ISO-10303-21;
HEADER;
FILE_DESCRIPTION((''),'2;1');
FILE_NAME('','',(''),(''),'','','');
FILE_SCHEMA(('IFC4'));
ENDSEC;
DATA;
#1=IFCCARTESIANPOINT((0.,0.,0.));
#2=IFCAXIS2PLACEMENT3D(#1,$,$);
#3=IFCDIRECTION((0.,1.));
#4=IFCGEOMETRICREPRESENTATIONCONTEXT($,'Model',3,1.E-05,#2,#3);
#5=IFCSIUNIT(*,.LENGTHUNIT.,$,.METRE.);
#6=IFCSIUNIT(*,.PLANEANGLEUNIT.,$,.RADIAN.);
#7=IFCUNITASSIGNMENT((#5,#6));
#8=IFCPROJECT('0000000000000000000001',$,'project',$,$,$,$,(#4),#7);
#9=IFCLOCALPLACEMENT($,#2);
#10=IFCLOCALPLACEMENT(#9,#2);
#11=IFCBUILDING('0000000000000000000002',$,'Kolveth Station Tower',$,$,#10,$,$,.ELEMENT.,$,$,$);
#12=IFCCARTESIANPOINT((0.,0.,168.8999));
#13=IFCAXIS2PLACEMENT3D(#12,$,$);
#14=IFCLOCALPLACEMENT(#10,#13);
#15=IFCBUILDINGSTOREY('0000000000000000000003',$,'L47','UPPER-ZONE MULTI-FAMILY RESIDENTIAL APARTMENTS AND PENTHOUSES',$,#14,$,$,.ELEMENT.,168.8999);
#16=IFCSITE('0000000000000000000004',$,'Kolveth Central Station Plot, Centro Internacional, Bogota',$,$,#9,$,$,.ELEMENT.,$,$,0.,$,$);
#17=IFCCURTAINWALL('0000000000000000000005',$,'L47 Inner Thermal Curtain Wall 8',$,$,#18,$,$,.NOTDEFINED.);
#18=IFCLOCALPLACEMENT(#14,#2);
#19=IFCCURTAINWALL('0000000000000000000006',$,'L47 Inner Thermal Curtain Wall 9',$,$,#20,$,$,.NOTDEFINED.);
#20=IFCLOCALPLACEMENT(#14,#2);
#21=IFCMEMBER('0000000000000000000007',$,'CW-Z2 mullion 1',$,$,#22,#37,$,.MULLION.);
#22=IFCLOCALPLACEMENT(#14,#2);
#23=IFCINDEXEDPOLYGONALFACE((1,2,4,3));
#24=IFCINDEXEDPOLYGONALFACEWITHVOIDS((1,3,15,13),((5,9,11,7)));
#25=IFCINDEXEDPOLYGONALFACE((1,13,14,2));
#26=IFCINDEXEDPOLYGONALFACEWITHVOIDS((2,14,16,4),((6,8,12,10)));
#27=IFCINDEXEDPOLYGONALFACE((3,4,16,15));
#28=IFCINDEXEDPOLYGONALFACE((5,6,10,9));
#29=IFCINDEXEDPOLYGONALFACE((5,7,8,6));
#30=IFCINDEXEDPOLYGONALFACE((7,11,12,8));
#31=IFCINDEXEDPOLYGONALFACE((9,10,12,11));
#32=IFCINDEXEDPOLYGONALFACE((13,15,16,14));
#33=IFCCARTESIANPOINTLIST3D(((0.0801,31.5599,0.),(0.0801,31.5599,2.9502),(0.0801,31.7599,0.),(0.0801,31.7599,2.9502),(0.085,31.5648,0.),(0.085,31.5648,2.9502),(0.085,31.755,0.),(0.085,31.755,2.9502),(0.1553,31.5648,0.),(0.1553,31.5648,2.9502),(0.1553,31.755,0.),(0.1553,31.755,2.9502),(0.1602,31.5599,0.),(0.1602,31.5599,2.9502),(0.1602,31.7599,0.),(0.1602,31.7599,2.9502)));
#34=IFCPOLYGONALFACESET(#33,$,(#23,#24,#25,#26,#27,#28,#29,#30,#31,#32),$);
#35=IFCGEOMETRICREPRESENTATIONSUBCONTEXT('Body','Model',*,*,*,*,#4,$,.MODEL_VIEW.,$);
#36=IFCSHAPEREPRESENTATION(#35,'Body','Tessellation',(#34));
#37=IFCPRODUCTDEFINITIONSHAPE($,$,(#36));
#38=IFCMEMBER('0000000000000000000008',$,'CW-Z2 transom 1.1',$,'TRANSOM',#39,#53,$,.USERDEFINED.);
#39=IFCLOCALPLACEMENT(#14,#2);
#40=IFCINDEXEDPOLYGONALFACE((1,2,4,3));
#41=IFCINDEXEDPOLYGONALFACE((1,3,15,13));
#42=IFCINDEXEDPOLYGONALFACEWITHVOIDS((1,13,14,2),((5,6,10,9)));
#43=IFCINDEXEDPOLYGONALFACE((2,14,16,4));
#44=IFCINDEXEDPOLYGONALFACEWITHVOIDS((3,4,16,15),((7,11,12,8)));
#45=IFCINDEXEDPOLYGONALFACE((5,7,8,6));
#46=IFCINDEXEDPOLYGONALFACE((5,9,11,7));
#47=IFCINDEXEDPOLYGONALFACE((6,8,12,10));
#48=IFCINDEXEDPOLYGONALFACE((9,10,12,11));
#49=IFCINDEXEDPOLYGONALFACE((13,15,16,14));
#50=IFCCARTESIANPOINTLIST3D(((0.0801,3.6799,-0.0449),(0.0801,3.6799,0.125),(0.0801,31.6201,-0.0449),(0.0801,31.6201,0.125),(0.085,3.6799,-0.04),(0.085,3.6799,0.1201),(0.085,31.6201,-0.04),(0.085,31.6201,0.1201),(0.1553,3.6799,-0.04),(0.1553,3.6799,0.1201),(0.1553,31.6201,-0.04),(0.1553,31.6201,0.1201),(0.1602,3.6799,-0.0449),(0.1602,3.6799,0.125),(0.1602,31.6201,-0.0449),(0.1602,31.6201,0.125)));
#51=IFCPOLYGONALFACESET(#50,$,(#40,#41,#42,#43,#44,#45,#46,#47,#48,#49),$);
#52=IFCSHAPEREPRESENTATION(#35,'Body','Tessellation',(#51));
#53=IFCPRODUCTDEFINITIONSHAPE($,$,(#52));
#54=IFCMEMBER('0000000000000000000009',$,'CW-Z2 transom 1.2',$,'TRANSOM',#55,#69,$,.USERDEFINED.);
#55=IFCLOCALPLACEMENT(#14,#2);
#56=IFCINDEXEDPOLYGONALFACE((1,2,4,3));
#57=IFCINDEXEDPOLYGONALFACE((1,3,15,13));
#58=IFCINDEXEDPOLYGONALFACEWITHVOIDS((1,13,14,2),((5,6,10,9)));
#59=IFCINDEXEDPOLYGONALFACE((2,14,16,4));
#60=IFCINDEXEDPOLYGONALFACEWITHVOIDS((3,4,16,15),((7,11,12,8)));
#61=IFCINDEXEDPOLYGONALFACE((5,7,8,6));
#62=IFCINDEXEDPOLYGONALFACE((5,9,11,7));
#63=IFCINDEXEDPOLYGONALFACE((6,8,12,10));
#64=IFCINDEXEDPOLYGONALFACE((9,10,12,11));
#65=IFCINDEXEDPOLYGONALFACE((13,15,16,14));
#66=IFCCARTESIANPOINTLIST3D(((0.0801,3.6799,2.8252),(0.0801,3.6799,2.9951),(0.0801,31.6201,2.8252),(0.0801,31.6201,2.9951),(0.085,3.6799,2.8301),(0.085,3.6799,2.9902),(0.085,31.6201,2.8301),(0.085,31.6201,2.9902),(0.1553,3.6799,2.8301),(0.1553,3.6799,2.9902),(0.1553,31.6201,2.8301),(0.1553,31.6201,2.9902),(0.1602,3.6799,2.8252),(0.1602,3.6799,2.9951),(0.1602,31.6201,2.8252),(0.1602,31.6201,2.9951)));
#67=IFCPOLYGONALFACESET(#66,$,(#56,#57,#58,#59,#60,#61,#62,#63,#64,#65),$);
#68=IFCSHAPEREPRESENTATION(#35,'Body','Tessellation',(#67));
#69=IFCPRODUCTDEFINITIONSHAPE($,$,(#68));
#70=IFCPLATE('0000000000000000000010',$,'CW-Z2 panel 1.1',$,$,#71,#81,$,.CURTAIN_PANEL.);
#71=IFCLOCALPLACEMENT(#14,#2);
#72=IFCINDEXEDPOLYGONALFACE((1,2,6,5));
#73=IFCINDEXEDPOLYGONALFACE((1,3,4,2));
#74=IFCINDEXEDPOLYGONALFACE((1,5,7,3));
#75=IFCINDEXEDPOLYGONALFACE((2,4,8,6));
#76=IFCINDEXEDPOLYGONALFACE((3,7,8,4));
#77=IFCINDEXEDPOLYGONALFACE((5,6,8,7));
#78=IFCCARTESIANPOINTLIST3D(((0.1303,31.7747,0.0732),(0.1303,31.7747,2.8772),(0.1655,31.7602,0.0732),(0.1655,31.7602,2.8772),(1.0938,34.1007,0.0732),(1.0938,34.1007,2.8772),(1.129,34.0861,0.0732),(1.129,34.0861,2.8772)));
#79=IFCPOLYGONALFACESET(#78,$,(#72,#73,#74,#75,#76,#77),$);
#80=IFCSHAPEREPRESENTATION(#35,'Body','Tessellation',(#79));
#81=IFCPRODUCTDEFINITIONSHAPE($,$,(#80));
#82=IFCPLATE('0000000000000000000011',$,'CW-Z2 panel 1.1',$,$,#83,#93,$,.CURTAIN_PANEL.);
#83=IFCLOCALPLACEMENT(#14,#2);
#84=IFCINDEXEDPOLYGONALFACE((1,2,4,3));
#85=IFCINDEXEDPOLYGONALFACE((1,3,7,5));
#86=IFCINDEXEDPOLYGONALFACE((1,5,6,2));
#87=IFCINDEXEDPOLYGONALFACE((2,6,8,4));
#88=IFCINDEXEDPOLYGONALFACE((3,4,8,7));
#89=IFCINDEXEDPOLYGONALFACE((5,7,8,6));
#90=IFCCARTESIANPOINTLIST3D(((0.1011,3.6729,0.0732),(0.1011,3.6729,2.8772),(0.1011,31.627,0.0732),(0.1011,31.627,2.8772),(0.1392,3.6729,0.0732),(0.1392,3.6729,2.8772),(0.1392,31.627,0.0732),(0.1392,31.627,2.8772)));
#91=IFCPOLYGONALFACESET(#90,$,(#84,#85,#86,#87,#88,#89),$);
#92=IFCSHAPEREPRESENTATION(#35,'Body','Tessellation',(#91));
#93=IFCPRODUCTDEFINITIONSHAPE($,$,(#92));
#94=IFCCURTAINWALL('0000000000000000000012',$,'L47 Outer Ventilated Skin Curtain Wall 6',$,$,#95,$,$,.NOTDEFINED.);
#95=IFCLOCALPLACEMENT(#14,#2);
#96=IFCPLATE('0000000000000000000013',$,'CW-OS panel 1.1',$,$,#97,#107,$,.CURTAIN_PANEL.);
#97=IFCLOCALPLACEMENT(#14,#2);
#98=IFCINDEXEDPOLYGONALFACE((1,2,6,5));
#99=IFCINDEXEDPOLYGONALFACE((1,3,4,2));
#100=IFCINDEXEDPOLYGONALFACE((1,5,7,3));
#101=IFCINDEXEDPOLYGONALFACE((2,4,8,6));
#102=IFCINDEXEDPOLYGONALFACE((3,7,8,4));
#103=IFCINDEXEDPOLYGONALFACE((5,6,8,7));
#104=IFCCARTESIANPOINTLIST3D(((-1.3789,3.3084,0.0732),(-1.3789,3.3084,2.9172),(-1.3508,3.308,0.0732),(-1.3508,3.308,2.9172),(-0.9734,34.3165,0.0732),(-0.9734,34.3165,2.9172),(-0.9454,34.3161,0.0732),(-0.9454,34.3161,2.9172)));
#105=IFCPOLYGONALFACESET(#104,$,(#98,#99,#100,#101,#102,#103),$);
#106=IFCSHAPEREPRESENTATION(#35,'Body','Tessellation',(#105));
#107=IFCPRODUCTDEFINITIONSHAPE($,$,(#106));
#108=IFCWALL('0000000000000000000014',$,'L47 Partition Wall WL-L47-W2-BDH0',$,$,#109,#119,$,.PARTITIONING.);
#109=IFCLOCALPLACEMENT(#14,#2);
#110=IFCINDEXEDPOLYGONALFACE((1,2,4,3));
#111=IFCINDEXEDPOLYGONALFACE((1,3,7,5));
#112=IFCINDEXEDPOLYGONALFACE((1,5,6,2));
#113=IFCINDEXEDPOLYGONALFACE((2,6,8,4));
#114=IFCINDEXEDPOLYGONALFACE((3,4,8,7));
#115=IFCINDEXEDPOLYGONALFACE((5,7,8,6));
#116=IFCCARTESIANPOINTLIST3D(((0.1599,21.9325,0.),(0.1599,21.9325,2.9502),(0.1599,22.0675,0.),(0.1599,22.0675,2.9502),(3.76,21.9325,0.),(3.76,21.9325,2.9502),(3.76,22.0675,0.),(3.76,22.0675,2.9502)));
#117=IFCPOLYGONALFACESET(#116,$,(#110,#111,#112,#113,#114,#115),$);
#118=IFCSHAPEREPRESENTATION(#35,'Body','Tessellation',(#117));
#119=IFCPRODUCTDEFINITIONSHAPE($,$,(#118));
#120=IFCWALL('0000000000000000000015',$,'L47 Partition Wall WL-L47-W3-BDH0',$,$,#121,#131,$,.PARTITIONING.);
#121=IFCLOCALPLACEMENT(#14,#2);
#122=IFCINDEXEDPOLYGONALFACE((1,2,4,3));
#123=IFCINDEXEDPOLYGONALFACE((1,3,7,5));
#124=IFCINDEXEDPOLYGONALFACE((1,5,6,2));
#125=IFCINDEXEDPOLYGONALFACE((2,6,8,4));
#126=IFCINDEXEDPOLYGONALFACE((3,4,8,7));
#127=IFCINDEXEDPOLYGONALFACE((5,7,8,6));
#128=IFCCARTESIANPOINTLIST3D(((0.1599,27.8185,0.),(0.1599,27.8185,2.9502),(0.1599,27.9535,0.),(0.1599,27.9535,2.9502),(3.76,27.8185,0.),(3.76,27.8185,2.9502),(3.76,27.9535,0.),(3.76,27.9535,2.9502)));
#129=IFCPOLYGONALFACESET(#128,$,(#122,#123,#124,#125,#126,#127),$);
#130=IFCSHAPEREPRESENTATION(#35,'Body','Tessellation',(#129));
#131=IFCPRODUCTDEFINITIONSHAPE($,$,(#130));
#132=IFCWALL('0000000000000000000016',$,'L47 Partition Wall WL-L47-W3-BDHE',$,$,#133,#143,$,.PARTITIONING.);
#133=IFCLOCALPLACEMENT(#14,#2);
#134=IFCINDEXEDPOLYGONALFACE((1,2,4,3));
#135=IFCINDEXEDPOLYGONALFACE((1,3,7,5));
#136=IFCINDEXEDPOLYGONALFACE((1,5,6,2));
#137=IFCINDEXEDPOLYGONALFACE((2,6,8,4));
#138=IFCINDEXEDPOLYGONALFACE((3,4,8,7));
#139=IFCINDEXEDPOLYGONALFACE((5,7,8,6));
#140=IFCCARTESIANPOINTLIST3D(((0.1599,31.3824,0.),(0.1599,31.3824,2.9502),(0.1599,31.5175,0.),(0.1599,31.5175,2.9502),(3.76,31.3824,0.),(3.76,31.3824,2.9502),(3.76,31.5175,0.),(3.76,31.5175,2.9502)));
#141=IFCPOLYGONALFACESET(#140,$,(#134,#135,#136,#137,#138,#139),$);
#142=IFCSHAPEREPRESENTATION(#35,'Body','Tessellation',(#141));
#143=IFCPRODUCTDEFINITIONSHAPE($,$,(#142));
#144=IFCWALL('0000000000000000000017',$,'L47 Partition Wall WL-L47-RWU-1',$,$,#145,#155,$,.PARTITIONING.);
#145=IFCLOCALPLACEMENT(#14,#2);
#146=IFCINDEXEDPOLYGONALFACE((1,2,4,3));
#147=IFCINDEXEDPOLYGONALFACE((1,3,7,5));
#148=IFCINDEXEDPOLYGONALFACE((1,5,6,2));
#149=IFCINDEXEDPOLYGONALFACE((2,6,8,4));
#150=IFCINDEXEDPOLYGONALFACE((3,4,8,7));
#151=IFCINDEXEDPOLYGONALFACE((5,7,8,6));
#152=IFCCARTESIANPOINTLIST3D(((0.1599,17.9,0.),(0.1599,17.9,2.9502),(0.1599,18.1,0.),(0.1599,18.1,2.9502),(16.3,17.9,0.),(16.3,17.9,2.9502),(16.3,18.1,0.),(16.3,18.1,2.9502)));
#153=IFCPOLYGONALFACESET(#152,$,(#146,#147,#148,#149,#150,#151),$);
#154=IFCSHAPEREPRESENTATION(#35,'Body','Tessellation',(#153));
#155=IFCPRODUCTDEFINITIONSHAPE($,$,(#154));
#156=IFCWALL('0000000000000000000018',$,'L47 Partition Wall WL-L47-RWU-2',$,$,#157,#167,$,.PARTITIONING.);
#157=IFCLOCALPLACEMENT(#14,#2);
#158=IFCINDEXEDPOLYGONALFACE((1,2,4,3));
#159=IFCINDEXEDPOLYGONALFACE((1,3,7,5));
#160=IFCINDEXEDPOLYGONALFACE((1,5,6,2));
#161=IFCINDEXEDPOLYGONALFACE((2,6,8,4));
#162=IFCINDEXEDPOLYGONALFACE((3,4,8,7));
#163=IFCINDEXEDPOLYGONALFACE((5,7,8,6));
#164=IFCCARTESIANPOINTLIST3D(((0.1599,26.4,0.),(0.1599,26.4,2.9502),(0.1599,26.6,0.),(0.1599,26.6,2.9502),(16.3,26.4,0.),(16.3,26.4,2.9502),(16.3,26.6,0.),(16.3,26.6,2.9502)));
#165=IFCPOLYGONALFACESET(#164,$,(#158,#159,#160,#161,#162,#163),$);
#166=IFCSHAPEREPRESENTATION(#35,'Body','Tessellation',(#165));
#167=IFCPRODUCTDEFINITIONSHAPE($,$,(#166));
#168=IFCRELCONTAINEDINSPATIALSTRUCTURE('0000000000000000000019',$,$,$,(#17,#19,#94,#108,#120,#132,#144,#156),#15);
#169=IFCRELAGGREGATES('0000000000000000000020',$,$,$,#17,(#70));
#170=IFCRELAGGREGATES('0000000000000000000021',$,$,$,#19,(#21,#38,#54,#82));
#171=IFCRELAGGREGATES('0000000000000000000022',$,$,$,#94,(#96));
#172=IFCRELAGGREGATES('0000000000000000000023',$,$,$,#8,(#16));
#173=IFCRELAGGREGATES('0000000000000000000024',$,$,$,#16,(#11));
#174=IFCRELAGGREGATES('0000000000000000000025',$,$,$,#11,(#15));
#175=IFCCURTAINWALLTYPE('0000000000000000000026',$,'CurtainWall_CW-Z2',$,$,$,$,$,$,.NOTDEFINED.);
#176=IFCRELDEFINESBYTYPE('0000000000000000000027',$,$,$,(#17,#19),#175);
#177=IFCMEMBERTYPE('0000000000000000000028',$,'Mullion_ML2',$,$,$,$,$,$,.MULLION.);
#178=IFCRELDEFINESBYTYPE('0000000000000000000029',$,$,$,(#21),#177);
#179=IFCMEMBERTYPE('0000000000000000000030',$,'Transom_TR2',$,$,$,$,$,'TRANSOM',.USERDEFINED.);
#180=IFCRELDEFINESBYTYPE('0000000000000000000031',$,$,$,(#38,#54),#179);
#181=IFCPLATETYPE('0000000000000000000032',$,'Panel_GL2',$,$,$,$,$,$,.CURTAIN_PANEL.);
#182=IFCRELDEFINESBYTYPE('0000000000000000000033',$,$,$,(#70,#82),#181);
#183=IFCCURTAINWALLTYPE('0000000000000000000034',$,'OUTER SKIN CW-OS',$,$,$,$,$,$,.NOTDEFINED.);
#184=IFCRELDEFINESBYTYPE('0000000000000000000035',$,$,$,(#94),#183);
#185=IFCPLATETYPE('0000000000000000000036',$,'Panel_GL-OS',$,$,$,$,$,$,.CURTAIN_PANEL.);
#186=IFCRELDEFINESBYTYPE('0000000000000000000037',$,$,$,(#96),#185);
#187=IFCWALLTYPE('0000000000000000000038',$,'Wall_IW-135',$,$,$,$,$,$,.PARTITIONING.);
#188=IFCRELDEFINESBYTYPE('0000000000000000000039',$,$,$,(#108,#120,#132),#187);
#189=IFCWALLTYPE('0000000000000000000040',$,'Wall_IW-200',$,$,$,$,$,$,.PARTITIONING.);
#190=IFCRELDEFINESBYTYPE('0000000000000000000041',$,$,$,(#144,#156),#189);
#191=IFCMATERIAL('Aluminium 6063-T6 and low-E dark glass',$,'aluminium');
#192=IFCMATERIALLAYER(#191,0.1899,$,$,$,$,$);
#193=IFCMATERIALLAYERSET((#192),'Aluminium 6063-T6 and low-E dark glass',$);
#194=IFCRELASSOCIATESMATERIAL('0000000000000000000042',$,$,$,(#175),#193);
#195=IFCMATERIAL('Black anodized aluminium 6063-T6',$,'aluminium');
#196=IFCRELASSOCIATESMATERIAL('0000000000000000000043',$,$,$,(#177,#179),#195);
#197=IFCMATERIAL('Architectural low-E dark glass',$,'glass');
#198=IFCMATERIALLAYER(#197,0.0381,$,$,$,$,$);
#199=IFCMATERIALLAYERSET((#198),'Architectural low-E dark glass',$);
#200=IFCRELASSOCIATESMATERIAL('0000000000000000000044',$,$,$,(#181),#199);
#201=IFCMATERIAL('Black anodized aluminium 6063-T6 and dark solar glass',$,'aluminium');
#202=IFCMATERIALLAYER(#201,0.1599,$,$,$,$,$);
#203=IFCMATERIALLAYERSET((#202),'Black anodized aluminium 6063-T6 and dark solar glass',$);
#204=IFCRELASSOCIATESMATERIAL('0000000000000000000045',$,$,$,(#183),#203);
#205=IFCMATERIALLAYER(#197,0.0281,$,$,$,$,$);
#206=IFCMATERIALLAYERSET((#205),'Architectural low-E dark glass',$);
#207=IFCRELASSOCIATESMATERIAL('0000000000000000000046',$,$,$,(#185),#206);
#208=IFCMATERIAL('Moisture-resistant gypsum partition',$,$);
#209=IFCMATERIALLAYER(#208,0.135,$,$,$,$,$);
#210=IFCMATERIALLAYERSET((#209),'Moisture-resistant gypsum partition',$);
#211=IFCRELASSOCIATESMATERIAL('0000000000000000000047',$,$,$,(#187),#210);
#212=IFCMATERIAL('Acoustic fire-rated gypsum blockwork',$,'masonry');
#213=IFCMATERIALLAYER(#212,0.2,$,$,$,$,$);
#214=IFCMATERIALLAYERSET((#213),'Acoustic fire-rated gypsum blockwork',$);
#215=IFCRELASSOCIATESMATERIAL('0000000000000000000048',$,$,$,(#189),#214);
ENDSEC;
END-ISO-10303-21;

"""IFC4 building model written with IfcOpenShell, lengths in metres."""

from ifc_helpers import new_model, si_unit, direction, frame, frame_2d, origin, origin_2d, place, context, subcontext, project, spatial, rectangle, hollow_rectangle, extrude, source, transform, mapped, material, layer, layer_set, material_profile, profile_set, type_object, element, aggregate, save


model = new_model("IFC4")

# Units and contexts
model_context = context("Model", 3, precision=1e-05, world=origin(), true_north=direction((0.0, 1.0)))
body_context = subcontext(model_context, "Body", "Model", "MODEL_VIEW")
ifc_project = project(units=[si_unit("LENGTHUNIT", "METRE"), si_unit("PLANEANGLEUNIT", "RADIAN")], contexts=[model_context])

# Site, building, storey
site_placement = place(None, origin())
site = spatial("IfcSite", under=ifc_project, at=site_placement, Name="Kolveth Central Station Plot, Centro Internacional, Bogota", CompositionType="ELEMENT", RefElevation=0.0)
building_placement = place(site_placement, origin())
building = spatial("IfcBuilding", under=site, at=building_placement, Name="Kolveth Station Tower", CompositionType="ELEMENT")
storey_placement = place(building_placement, frame((0.0, 0.0, 168.8999)))
storey = spatial("IfcBuildingStorey", under=building, at=storey_placement, Name="L47", Description="UPPER-ZONE MULTI-FAMILY RESIDENTIAL APARTMENTS AND PENTHOUSES", CompositionType="ELEMENT", Elevation=168.8999)

# Curtain wall
ifc_material_1 = material(Name="Aluminium 6063-T6 and low-E dark glass", Category="aluminium")
ifc_layer_1 = layer(ifc_material_1, 0.1899)
ifc_layer_set_1 = layer_set([ifc_layer_1], Name="Aluminium 6063-T6 and low-E dark glass")
curtain_wall_type_1 = type_object("IfcCurtainWallType", Name="CurtainWall_CW-Z2", PredefinedType="NOTDEFINED", material=ifc_layer_set_1)
curtain_wall_1_placement = place(storey_placement, origin())
curtain_wall_1 = element("IfcCurtainWall", 1, at=curtain_wall_1_placement, inside=storey, type_object=curtain_wall_type_1, Name="L47 Inner Thermal Curtain Wall 8", PredefinedType="NOTDEFINED")
ifc_material_2 = material(Name="Black anodized aluminium 6063-T6", Category="aluminium")
ifc_material_profile_1 = material_profile(ifc_material_2, hollow_rectangle(XDim=0.0801, YDim=0.2, WallThickness=0.0049, at=origin_2d()), Name="ALU-80x200x5")
ifc_profile_set_1 = profile_set([ifc_material_profile_1], Name="Black anodized aluminium 6063-T6")
member_type_1 = type_object("IfcMemberType", Name="Mullion_ML2", PredefinedType="MULLION", material=ifc_profile_set_1)
shared_shape_1 = source(origin(), body_context, "Body", "SweptSolid", [
    extrude(hollow_rectangle(XDim=0.0801, YDim=0.2, WallThickness=0.0049, at=origin_2d()), origin(), (0.0, 0.0, 1.0), 2.9502),
])

# Curtain wall, members
curtain_wall_2_placement = place(storey_placement, origin())
curtain_wall_2 = element("IfcCurtainWall", 2, at=curtain_wall_2_placement, inside=storey, type_object=curtain_wall_type_1, Name="L47 Inner Thermal Curtain Wall 9", PredefinedType="NOTDEFINED")
member_1_placement = place(storey_placement, frame((0.1201, 31.6599, 0.0), z_axis=(0.0, 0.0, 1.0), x_axis=(1.0, 0.0, 0.0)))
member_1 = element("IfcMember", 3, at=member_1_placement, type_object=member_type_1, Name="CW-Z2 mullion 1", PredefinedType="MULLION", context=body_context, shape_type="MappedRepresentation", body=[
    mapped(shared_shape_1, transform((0.0, 0.0, 0.0), x_axis=(1.0, 0.0, 0.0), y_axis=(0.0, 1.0, 0.0), z_axis=(0.0, 0.0, 1.0), scale=1.0)),
])
ifc_material_profile_2 = material_profile(ifc_material_2, hollow_rectangle(XDim=0.0801, YDim=0.1699, WallThickness=0.0049, at=origin_2d()), Name="ALU-80x170x5")
ifc_profile_set_2 = profile_set([ifc_material_profile_2], Name="Black anodized aluminium 6063-T6")
member_type_2 = type_object("IfcMemberType", Name="Transom_TR2", ElementType="TRANSOM", PredefinedType="USERDEFINED", material=ifc_profile_set_2)
shared_shape_2 = source(origin(), body_context, "Body", "SweptSolid", [
    extrude(hollow_rectangle(XDim=0.0801, YDim=0.1699, WallThickness=0.0049, at=origin_2d()), origin(), (0.0, 0.0, 1.0), 27.9402),
])
member_2_placement = place(storey_placement, frame((0.1201, 31.6201, 0.04), z_axis=(0.0, -1.0, 0.0), x_axis=(1.0, 0.0, 0.0)))
member_2 = element("IfcMember", 4, at=member_2_placement, type_object=member_type_2, Name="CW-Z2 transom 1.1", ObjectType="TRANSOM", PredefinedType="USERDEFINED", context=body_context, shape_type="MappedRepresentation", body=[
    mapped(shared_shape_2, transform((0.0, 0.0, 0.0), x_axis=(1.0, 0.0, 0.0), y_axis=(0.0, 1.0, 0.0), z_axis=(0.0, 0.0, 1.0), scale=1.0)),
])
member_3_placement = place(storey_placement, frame((0.1201, 31.6201, 2.9102), z_axis=(0.0, -1.0, 0.0), x_axis=(1.0, 0.0, 0.0)))
member_3 = element("IfcMember", 5, at=member_3_placement, type_object=member_type_2, Name="CW-Z2 transom 1.2", ObjectType="TRANSOM", PredefinedType="USERDEFINED", context=body_context, shape_type="MappedRepresentation", body=[
    mapped(shared_shape_2, transform((0.0, 0.0, 0.0), x_axis=(1.0, 0.0, 0.0), y_axis=(0.0, 1.0, 0.0), z_axis=(0.0, 0.0, 1.0), scale=1.0)),
])

# Plates
ifc_material_3 = material(Name="Architectural low-E dark glass", Category="glass")
ifc_layer_2 = layer(ifc_material_3, 0.0381)
ifc_layer_set_2 = layer_set([ifc_layer_2], Name="Architectural low-E dark glass")
plate_type_1 = type_object("IfcPlateType", Name="Panel_GL2", PredefinedType="CURTAIN_PANEL", material=ifc_layer_set_2)
shared_shape_3 = source(origin(), body_context, "Body", "SweptSolid", [
    extrude(rectangle(XDim=2.5176, YDim=0.0381, at=origin_2d()), origin(), (0.0, 0.0, 1.0), 2.804),
])
plate_1_placement = place(storey_placement, frame((0.6296, 32.9304, 0.0732), z_axis=(0.0, 0.0, 1.0), x_axis=(-0.382698, -0.923874, 0.0)))
plate_1 = element("IfcPlate", 6, at=plate_1_placement, type_object=plate_type_1, Name="CW-Z2 panel 1.1", PredefinedType="CURTAIN_PANEL", context=body_context, shape_type="MappedRepresentation", body=[
    mapped(shared_shape_3, transform((0.0, 0.0, 0.0), x_axis=(1.0, 0.0, 0.0), y_axis=(0.0, 1.0, 0.0), z_axis=(0.0, 0.0, 1.0), scale=1.0)),
])
aggregate(curtain_wall_1, [plate_1])
shared_shape_4 = source(origin(), body_context, "Body", "SweptSolid", [
    extrude(rectangle(XDim=27.9541, YDim=0.0381, at=origin_2d()), origin(), (0.0, 0.0, 1.0), 2.804),
])
plate_2_placement = place(storey_placement, frame((0.1201, 17.6499, 0.0732), z_axis=(0.0, 0.0, 1.0), x_axis=(0.0, -1.0, 0.0)))
plate_2 = element("IfcPlate", 7, at=plate_2_placement, type_object=plate_type_1, Name="CW-Z2 panel 1.1", PredefinedType="CURTAIN_PANEL", context=body_context, shape_type="MappedRepresentation", body=[
    mapped(shared_shape_4, transform((0.0, 0.0, 0.0), x_axis=(1.0, 0.0, 0.0), y_axis=(0.0, 1.0, 0.0), z_axis=(0.0, 0.0, 1.0), scale=1.0)),
])
aggregate(curtain_wall_2, [member_1, member_2, member_3, plate_2])

# Curtain wall, plate
ifc_material_4 = material(Name="Black anodized aluminium 6063-T6 and dark solar glass", Category="aluminium")
ifc_layer_3 = layer(ifc_material_4, 0.1599)
ifc_layer_set_3 = layer_set([ifc_layer_3], Name="Black anodized aluminium 6063-T6 and dark solar glass")
curtain_wall_type_2 = type_object("IfcCurtainWallType", Name="OUTER SKIN CW-OS", PredefinedType="NOTDEFINED", material=ifc_layer_set_3)
curtain_wall_3_placement = place(storey_placement, origin())
curtain_wall_3 = element("IfcCurtainWall", 8, at=curtain_wall_3_placement, inside=storey, type_object=curtain_wall_type_2, Name="L47 Outer Ventilated Skin Curtain Wall 6", PredefinedType="NOTDEFINED")
ifc_layer_4 = layer(ifc_material_3, 0.0281)
ifc_layer_set_4 = layer_set([ifc_layer_4], Name="Architectural low-E dark glass")
plate_type_2 = type_object("IfcPlateType", Name="Panel_GL-OS", PredefinedType="CURTAIN_PANEL", material=ifc_layer_set_4)
shared_shape_5 = source(origin(), body_context, "Body", "SweptSolid", [
    extrude(rectangle(XDim=31.0107, YDim=0.0281, at=origin_2d()), origin(), (0.0, 0.0, 1.0), 2.844),
])
plate_3_placement = place(storey_placement, frame((-1.1621, 18.8123, 0.0732), z_axis=(0.0, 0.0, 1.0), x_axis=(-0.013074, -0.999915, 0.0)))
plate_3 = element("IfcPlate", 9, at=plate_3_placement, type_object=plate_type_2, Name="CW-OS panel 1.1", PredefinedType="CURTAIN_PANEL", context=body_context, shape_type="MappedRepresentation", body=[
    mapped(shared_shape_5, transform((0.0, 0.0, 0.0), x_axis=(1.0, 0.0, 0.0), y_axis=(0.0, 1.0, 0.0), z_axis=(0.0, 0.0, 1.0), scale=1.0)),
])
aggregate(curtain_wall_3, [plate_3])

# Wall
ifc_material_5 = material(Name="Moisture-resistant gypsum partition")
ifc_layer_5 = layer(ifc_material_5, 0.135)
ifc_layer_set_5 = layer_set([ifc_layer_5], Name="Moisture-resistant gypsum partition")
wall_type_1 = type_object("IfcWallType", Name="Wall_IW-135", PredefinedType="PARTITIONING", material=ifc_layer_set_5)
wall_1_placement = place(storey_placement, frame((0.1599, 22.0, 0.0), z_axis=(0.0, 0.0, 1.0), x_axis=(1.0, 0.0, 0.0)))
element("IfcWall", 10, at=wall_1_placement, inside=storey, type_object=wall_type_1, Name="L47 Partition Wall WL-L47-W2-BDH0", PredefinedType="PARTITIONING", context=body_context, shape_type="SweptSolid", body=[
    extrude(rectangle(XDim=3.6001, YDim=0.135, at=frame_2d((1.8, 0.0))), origin(), (0.0, 0.0, 1.0), 2.9502),
])

# Walls
for number, where, z_axis, x_axis, name in (
    (11, (0.1599, 27.886, 0.0), (0.0, 0.0, 1.0), (1.0, 0.0, 0.0), "L47 Partition Wall WL-L47-W3-BDH0"),
    (12, (0.1599, 31.45, 0.0), (0.0, 0.0, 1.0), (1.0, 0.0, 0.0), "L47 Partition Wall WL-L47-W3-BDHE"),
):
    element("IfcWall", number, at=place(storey_placement, frame(where, z_axis=z_axis, x_axis=x_axis)), inside=storey, type_object=wall_type_1, Name=name, PredefinedType="PARTITIONING", context=body_context, shape_type="SweptSolid", body=[
        extrude(rectangle(XDim=3.6001, YDim=0.135, at=frame_2d((1.8, 0.0))), origin(), (0.0, 0.0, 1.0), 2.9502),
    ])

# Walls
ifc_material_6 = material(Name="Acoustic fire-rated gypsum blockwork", Category="masonry")
ifc_layer_6 = layer(ifc_material_6, 0.2)
ifc_layer_set_6 = layer_set([ifc_layer_6], Name="Acoustic fire-rated gypsum blockwork")
wall_type_2 = type_object("IfcWallType", Name="Wall_IW-200", PredefinedType="PARTITIONING", material=ifc_layer_set_6)
for number, where, z_axis, x_axis, name in (
    (13, (0.1599, 18.0, 0.0), (0.0, 0.0, 1.0), (1.0, 0.0, 0.0), "L47 Partition Wall WL-L47-RWU-1"),
    (14, (0.1599, 26.5, 0.0), (0.0, 0.0, 1.0), (1.0, 0.0, 0.0), "L47 Partition Wall WL-L47-RWU-2"),
):
    element("IfcWall", number, at=place(storey_placement, frame(where, z_axis=z_axis, x_axis=x_axis)), inside=storey, type_object=wall_type_2, Name=name, PredefinedType="PARTITIONING", context=body_context, shape_type="SweptSolid", body=[
        extrude(rectangle(XDim=16.1401, YDim=0.2, at=frame_2d((8.0701, 0.0))), origin(), (0.0, 0.0, 1.0), 2.9502),
    ])

save(model, "model.ifc")
